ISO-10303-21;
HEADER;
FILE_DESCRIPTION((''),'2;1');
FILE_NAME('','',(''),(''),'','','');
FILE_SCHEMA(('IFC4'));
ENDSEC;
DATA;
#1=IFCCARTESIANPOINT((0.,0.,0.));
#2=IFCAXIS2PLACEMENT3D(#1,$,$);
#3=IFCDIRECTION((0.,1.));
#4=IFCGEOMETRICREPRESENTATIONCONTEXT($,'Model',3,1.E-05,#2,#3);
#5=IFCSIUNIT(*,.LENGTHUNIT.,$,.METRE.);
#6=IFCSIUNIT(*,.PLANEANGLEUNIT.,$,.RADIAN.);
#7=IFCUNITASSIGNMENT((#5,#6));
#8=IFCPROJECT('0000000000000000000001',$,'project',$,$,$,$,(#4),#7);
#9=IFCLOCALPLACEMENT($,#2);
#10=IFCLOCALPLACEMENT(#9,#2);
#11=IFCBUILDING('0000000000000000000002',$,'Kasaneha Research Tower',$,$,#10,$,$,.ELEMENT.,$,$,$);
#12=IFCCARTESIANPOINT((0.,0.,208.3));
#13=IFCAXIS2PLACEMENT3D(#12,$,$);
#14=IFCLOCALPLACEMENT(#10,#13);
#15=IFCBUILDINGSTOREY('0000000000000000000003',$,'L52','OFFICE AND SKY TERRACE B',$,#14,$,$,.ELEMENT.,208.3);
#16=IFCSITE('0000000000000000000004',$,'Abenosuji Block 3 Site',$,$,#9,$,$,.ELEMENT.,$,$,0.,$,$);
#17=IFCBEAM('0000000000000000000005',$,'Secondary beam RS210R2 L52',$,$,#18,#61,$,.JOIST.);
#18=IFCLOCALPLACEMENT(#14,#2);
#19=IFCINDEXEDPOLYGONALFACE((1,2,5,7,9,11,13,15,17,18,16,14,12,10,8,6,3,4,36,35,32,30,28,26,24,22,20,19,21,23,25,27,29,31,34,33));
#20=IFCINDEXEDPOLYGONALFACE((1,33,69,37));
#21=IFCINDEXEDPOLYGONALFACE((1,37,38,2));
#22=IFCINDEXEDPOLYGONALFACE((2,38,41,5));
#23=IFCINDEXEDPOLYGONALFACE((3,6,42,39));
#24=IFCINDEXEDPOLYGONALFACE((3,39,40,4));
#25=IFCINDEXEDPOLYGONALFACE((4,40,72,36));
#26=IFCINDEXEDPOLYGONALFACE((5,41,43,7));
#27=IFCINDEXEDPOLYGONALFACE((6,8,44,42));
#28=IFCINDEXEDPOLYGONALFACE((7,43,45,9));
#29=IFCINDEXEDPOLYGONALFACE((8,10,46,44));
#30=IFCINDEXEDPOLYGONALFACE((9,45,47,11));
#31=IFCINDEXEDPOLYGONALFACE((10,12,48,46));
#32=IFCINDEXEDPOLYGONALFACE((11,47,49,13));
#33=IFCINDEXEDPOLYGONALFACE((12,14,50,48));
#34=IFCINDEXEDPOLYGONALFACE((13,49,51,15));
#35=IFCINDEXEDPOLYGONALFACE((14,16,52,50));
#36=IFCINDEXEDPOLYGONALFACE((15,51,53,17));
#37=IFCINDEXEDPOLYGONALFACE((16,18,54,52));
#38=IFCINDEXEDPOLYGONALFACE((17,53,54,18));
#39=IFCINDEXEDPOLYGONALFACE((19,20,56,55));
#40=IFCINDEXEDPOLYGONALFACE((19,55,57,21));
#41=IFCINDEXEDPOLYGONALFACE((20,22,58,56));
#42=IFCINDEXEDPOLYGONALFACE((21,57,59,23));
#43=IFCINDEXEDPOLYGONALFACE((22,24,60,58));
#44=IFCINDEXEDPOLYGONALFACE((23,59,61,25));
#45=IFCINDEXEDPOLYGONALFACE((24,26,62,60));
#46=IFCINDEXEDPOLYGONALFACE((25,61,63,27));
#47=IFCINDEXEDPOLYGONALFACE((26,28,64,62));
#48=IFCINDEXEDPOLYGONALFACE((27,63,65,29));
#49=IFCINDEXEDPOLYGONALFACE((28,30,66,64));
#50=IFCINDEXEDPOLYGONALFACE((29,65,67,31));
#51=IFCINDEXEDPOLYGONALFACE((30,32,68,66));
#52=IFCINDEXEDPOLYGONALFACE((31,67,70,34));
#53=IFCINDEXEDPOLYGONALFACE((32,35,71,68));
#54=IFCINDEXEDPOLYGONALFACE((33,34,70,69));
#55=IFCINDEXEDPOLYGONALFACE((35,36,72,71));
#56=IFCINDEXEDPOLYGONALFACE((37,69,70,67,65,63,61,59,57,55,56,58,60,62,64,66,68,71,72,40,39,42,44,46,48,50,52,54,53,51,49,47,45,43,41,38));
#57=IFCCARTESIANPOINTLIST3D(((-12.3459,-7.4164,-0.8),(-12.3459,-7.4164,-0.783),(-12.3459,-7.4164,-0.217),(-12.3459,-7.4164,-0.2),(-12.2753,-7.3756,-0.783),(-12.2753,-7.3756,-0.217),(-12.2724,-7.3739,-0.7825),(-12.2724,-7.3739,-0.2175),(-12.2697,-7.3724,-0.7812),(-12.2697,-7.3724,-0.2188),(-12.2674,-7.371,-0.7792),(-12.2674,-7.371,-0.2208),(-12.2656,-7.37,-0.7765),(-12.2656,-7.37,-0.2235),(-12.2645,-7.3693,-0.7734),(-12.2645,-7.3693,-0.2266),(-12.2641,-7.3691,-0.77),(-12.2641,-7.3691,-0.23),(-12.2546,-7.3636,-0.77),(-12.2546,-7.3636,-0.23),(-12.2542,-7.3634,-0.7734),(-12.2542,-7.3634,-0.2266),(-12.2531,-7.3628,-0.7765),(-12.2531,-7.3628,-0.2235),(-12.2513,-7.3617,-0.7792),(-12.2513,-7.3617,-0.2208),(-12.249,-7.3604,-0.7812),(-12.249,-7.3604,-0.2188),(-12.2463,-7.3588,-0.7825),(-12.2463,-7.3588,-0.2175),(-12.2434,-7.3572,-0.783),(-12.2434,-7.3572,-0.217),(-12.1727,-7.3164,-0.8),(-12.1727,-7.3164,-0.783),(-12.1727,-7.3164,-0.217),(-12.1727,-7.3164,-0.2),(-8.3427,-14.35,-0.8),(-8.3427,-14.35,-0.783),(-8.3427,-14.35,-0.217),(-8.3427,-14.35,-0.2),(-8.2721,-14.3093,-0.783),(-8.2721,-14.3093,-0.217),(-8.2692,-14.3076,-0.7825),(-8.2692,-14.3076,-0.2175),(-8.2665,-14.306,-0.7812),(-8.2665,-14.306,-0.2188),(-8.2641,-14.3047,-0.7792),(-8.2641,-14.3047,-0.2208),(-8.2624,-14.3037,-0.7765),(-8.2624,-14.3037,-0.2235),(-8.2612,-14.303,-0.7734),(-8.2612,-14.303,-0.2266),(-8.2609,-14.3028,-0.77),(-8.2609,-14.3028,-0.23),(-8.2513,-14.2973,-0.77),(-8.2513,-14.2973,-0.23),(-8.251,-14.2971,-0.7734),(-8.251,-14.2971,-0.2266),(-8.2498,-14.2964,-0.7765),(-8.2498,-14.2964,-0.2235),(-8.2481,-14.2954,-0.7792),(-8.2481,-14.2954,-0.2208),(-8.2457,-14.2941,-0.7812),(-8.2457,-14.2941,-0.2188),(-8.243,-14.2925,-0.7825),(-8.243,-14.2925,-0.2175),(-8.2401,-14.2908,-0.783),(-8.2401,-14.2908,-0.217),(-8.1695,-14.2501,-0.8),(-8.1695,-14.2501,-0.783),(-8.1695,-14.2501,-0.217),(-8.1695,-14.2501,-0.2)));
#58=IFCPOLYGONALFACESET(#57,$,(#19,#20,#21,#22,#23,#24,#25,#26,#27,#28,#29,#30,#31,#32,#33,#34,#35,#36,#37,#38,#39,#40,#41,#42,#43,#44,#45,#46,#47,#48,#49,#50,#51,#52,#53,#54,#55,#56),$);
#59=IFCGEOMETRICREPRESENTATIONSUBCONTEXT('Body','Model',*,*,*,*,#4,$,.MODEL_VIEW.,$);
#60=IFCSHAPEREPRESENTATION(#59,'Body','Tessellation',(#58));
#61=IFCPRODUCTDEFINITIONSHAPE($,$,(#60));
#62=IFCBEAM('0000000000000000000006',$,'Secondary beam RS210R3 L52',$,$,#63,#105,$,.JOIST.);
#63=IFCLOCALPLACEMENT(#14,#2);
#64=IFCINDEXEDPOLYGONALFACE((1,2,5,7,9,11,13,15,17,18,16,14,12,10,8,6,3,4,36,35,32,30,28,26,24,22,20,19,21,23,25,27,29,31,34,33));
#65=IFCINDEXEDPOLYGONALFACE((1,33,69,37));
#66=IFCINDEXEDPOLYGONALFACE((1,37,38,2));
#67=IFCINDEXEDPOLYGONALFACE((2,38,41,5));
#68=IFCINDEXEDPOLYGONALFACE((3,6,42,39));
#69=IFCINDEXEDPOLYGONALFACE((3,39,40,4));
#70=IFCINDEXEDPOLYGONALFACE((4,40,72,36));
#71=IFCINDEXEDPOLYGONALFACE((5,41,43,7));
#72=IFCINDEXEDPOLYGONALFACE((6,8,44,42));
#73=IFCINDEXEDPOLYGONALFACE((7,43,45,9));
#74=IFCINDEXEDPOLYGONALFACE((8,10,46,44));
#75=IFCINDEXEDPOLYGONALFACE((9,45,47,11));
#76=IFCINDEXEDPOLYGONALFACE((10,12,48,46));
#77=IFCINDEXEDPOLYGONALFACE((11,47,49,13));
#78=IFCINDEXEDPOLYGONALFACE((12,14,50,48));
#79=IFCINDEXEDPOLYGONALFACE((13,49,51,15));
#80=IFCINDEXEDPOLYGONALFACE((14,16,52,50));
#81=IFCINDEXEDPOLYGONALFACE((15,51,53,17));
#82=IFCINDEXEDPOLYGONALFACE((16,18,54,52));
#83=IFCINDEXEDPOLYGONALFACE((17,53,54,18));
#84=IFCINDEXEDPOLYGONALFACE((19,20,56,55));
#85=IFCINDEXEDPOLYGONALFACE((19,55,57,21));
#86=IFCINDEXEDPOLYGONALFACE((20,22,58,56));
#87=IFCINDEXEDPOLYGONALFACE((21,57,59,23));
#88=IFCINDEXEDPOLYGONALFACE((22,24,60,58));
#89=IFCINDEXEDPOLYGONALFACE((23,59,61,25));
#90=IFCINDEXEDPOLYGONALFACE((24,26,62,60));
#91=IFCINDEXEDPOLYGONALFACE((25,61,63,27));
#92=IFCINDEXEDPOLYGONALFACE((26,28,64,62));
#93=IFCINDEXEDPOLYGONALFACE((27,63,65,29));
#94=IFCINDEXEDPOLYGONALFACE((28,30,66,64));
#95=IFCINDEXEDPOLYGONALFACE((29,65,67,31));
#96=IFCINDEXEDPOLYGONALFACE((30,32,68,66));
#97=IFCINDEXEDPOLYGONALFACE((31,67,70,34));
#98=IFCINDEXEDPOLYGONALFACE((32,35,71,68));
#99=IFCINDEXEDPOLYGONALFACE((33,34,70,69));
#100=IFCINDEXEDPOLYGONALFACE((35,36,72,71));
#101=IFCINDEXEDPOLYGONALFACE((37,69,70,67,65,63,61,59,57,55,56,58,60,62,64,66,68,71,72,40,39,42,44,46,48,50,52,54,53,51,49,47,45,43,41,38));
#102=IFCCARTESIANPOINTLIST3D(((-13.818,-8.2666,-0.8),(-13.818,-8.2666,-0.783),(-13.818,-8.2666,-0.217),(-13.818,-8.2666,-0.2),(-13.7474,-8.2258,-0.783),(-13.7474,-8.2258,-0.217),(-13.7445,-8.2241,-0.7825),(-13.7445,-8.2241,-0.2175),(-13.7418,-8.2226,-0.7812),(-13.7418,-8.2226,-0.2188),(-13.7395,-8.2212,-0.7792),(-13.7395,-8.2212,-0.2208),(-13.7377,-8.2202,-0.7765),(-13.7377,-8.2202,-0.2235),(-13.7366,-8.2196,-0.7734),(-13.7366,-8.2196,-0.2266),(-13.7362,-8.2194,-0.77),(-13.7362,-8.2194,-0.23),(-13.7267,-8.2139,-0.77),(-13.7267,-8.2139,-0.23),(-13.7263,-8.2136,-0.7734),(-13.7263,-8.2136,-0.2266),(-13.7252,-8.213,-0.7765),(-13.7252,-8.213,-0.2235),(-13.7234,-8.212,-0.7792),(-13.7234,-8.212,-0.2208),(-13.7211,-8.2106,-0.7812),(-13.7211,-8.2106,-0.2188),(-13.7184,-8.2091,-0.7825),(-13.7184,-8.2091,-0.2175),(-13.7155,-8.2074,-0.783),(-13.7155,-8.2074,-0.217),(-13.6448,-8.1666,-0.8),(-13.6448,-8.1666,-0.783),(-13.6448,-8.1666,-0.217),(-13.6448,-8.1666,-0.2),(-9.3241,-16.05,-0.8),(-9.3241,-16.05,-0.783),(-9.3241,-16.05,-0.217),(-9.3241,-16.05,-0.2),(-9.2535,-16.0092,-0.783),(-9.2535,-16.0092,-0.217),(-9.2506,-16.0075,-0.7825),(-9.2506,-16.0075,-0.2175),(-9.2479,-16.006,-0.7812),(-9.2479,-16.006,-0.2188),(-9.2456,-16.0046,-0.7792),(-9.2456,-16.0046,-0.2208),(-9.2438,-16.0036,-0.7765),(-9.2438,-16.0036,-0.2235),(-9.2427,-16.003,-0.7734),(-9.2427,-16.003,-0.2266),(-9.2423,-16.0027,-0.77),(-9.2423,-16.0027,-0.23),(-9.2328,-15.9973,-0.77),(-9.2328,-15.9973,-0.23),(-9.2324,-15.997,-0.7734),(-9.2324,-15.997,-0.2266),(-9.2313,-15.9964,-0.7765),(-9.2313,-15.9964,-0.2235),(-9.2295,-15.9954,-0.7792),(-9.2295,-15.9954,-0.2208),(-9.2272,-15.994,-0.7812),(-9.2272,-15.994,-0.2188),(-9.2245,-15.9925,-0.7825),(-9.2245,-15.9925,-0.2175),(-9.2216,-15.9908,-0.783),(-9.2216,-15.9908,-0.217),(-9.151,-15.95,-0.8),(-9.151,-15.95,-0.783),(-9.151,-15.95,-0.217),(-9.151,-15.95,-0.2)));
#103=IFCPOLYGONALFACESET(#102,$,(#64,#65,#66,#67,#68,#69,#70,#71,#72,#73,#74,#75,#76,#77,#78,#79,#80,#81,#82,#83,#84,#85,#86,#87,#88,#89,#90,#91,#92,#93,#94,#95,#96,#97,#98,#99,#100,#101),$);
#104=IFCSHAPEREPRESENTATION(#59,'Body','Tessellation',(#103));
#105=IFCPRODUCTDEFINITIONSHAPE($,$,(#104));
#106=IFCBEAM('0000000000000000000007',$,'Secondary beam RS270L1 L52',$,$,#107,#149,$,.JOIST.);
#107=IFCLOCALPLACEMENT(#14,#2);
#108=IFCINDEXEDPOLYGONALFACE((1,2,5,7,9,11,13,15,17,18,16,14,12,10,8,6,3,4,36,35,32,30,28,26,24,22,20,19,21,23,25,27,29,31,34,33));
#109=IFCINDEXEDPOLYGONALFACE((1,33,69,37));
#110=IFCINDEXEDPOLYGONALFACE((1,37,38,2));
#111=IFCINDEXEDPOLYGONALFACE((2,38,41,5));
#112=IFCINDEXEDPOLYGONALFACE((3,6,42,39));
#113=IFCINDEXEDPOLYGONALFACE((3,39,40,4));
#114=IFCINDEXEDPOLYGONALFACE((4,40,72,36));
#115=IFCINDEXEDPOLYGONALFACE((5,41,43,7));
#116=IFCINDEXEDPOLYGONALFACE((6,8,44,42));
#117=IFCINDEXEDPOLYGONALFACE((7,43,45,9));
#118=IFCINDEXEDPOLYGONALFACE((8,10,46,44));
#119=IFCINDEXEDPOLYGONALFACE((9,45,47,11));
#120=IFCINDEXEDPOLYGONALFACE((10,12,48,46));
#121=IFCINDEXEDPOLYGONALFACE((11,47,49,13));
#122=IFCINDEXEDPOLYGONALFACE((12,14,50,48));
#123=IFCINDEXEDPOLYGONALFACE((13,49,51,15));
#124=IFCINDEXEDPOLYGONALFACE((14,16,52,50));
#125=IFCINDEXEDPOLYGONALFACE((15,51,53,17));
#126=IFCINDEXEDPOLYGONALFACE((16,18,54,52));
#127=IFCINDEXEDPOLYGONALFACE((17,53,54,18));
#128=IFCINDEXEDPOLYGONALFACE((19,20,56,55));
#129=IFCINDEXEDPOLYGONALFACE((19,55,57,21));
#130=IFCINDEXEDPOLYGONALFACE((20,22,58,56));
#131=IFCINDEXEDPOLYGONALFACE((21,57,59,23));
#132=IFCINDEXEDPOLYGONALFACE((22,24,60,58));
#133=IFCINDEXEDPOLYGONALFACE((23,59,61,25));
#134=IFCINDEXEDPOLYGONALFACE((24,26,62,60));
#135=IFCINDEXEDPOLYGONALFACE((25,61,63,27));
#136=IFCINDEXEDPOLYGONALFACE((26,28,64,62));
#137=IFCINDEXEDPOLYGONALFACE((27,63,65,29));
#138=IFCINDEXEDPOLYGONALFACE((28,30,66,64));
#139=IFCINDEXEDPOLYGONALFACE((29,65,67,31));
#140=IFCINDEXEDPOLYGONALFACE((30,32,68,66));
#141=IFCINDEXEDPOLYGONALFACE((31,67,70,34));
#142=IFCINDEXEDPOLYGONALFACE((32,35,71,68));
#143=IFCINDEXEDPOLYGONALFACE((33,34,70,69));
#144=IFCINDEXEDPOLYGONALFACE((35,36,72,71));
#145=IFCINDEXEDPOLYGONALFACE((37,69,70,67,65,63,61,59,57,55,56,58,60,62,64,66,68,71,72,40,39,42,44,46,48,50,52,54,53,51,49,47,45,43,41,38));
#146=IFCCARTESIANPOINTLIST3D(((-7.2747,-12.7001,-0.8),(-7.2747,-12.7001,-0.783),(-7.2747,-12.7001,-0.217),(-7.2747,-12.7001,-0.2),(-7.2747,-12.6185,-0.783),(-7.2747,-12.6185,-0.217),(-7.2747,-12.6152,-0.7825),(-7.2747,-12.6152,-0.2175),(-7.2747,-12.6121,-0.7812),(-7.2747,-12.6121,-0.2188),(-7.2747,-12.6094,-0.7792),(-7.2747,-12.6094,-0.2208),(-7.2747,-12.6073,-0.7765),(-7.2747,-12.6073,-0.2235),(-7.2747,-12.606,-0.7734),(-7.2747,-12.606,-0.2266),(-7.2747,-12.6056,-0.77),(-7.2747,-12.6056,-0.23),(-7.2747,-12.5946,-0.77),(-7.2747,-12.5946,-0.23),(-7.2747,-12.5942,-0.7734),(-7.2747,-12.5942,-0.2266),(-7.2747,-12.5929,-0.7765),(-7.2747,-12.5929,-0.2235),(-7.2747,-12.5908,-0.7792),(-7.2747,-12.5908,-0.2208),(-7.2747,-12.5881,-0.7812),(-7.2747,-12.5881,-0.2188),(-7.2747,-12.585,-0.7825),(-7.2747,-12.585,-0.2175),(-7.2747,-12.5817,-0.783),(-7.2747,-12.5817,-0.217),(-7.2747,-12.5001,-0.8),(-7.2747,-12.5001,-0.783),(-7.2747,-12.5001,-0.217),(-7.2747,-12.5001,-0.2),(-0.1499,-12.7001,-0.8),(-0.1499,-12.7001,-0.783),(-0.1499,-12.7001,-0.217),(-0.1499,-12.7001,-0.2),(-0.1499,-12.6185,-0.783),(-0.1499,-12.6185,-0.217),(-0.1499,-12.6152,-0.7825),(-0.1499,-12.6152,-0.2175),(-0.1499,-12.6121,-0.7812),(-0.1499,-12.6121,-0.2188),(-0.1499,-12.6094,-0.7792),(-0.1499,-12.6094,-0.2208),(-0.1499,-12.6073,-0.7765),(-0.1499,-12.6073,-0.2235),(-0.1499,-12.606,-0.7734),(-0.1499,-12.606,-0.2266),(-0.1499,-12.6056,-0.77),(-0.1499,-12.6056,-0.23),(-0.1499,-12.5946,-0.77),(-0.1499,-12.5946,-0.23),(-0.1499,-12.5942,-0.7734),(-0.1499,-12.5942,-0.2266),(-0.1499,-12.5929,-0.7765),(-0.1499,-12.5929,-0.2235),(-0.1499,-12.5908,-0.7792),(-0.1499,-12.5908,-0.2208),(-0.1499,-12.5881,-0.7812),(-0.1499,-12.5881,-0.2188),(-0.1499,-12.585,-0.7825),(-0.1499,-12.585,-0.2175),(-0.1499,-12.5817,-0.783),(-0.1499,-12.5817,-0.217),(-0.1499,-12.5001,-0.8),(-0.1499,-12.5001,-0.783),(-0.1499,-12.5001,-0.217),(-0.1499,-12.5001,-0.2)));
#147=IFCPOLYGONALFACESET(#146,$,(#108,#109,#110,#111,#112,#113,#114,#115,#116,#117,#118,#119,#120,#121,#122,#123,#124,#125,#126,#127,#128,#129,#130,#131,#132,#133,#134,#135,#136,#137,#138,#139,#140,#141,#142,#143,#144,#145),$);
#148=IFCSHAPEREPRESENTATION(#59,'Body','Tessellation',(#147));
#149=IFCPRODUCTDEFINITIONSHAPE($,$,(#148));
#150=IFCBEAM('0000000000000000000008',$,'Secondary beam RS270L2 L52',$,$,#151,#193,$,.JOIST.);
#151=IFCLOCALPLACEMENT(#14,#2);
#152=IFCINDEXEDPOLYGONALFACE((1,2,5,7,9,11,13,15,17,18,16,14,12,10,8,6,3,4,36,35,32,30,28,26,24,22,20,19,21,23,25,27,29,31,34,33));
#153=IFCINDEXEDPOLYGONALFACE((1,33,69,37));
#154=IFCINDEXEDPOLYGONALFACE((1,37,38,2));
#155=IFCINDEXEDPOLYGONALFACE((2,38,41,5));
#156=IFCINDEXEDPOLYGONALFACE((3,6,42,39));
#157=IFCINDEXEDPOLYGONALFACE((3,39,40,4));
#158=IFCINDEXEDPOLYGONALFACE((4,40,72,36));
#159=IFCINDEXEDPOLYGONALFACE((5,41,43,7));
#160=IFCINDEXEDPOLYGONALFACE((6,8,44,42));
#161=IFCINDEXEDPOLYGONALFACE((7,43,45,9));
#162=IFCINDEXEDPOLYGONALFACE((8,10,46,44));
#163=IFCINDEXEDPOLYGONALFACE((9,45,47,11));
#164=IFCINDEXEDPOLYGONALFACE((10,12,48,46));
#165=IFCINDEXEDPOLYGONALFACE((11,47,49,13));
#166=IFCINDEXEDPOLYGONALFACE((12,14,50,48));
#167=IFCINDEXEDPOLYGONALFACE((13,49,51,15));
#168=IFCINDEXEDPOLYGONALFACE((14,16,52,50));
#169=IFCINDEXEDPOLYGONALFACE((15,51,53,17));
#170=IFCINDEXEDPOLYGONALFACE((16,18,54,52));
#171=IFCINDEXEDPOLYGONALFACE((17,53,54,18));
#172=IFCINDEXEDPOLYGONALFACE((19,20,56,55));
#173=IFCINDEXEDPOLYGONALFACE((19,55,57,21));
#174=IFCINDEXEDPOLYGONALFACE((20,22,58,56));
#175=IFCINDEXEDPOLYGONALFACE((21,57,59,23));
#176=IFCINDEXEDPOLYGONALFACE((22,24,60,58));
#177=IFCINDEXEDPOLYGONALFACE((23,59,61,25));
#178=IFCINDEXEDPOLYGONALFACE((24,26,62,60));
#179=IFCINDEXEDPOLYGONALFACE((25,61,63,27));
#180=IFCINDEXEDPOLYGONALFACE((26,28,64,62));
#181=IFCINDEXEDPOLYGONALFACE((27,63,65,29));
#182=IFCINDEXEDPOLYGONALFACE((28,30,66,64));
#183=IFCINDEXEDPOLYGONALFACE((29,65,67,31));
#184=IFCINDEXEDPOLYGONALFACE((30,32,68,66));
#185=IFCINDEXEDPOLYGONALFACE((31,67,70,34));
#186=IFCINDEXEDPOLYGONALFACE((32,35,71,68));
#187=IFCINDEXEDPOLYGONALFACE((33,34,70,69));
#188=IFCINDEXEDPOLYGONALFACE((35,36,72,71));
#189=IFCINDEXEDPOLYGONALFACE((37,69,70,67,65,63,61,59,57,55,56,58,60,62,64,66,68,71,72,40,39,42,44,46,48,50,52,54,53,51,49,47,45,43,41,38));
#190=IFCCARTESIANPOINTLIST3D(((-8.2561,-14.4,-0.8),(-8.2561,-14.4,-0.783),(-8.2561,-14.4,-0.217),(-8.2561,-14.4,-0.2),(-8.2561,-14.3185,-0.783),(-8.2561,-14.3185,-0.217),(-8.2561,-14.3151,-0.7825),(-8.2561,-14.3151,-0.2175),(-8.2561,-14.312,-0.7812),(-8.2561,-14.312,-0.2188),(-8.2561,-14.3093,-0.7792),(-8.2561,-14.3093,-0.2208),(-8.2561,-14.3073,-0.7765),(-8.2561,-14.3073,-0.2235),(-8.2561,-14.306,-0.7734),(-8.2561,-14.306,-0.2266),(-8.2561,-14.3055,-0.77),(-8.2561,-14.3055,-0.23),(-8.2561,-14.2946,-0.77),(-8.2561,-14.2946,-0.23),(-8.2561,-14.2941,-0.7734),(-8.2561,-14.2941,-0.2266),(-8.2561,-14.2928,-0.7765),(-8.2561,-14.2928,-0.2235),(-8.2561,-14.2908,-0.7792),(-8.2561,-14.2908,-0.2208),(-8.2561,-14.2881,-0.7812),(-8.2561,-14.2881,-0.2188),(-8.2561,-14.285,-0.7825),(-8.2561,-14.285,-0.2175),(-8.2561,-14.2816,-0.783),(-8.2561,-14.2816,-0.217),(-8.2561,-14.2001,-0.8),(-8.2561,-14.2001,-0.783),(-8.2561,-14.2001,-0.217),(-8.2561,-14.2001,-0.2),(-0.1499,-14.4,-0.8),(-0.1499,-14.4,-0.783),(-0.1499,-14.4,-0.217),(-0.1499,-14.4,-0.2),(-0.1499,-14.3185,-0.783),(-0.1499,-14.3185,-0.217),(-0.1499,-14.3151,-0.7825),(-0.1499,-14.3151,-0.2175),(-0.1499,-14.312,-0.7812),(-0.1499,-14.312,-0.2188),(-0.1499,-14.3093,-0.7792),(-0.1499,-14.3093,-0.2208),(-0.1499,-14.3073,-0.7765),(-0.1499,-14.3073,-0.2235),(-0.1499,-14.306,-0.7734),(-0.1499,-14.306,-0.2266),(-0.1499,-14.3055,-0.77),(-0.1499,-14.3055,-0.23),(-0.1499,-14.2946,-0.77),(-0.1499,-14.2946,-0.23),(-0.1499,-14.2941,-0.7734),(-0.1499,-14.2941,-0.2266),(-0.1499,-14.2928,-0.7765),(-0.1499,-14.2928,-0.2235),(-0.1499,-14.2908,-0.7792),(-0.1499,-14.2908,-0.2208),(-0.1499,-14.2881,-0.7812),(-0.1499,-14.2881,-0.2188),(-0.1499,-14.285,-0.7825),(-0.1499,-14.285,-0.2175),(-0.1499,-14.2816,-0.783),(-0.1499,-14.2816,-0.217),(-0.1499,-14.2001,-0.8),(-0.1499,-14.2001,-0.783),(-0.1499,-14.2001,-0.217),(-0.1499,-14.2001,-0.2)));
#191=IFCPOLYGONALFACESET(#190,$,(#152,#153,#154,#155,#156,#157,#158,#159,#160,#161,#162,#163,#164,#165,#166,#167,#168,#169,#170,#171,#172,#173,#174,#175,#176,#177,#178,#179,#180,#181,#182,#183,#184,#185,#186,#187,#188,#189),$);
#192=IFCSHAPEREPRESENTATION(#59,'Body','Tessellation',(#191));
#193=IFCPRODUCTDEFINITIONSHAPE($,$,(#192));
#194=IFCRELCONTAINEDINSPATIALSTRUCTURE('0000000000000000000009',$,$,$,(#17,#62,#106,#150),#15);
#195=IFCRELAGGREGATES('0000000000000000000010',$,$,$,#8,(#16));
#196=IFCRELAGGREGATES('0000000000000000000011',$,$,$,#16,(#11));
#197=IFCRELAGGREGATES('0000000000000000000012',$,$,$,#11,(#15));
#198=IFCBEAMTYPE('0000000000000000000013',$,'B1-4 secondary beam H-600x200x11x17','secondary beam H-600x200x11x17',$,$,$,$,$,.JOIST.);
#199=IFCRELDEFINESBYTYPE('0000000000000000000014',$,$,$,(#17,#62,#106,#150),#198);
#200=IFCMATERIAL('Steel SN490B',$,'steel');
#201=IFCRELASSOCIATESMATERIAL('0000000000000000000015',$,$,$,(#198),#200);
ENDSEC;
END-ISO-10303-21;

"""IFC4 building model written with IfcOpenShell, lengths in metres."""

from ifc_helpers import new_model, si_unit, direction, frame, origin, origin_2d, place, context, subcontext, project, spatial, i_section, extrude, material, material_profile, profile_set, type_object, element, save


model = new_model("IFC4")

# Units and contexts
model_context = context("Model", 3, precision=1e-05, world=origin(), true_north=direction((0.0, 1.0)))
body_context = subcontext(model_context, "Body", "Model", "MODEL_VIEW")
ifc_project = project(units=[si_unit("LENGTHUNIT", "METRE"), si_unit("PLANEANGLEUNIT", "RADIAN")], contexts=[model_context])

# Site, building, storey
site_placement = place(None, origin())
site = spatial("IfcSite", under=ifc_project, at=site_placement, Name="Abenosuji Block 3 Site", CompositionType="ELEMENT", RefElevation=0.0)
building_placement = place(site_placement, origin())
building = spatial("IfcBuilding", under=site, at=building_placement, Name="Kasaneha Research Tower", CompositionType="ELEMENT")
storey_placement = place(building_placement, frame((0.0, 0.0, 208.3)))
storey = spatial("IfcBuildingStorey", under=building, at=storey_placement, Name="L52", Description="OFFICE AND SKY TERRACE B", CompositionType="ELEMENT", Elevation=208.3)

# Beams
ifc_material = material(Name="Steel SN490B", Category="steel")
ifc_material_profile = material_profile(ifc_material, i_section(OverallWidth=0.2, OverallDepth=0.6001, WebThickness=0.011, FlangeThickness=0.0171, FilletRadius=0.0129, at=origin_2d()), Name="H-600x200x11x17")
ifc_profile_set = profile_set([ifc_material_profile], Name="Steel SN490B")
beam_type = type_object("IfcBeamType", Name="B1-4 secondary beam H-600x200x11x17", Description="secondary beam H-600x200x11x17", PredefinedType="JOIST", material=ifc_profile_set)
beam_1_placement = place(storey_placement, frame((-8.2561, -14.3, -0.5), z_axis=(-0.500006, 0.866022, 0.0), x_axis=(-0.866022, -0.500006, 0.0)))
element("IfcBeam", 1, at=beam_1_placement, inside=storey, type_object=beam_type, Name="Secondary beam RS210R2 L52", PredefinedType="JOIST", context=body_context, shape_type="SweptSolid", body=[
    extrude(i_section(OverallWidth=0.2, OverallDepth=0.6001, WebThickness=0.011, FlangeThickness=0.0171, FilletRadius=0.0129, at=origin_2d()), origin(), (0.0, 0.0, 1.0), 8.0063),
])
beam_2_placement = place(storey_placement, frame((-9.2375, -16.0, -0.5), z_axis=(-0.50001, 0.86602, 0.0), x_axis=(-0.86602, -0.50001, 0.0)))
element("IfcBeam", 2, at=beam_2_placement, inside=storey, type_object=beam_type, Name="Secondary beam RS210R3 L52", PredefinedType="JOIST", context=body_context, shape_type="SweptSolid", body=[
    extrude(i_section(OverallWidth=0.2, OverallDepth=0.6001, WebThickness=0.011, FlangeThickness=0.0171, FilletRadius=0.0129, at=origin_2d()), origin(), (0.0, 0.0, 1.0), 8.9875),
])
beam_3_placement = place(storey_placement, frame((-7.2747, -12.6001, -0.5), z_axis=(1.0, 0.0, 0.0), x_axis=(0.0, 1.0, 0.0)))
element("IfcBeam", 3, at=beam_3_placement, inside=storey, type_object=beam_type, Name="Secondary beam RS270L1 L52", PredefinedType="JOIST", context=body_context, shape_type="SweptSolid", body=[
    extrude(i_section(OverallWidth=0.2, OverallDepth=0.6001, WebThickness=0.011, FlangeThickness=0.0171, FilletRadius=0.0129, at=origin_2d()), origin(), (0.0, 0.0, 1.0), 7.1248),
])
beam_4_placement = place(storey_placement, frame((-8.2561, -14.3, -0.5), z_axis=(1.0, 0.0, 0.0), x_axis=(0.0, 1.0, 0.0)))
element("IfcBeam", 4, at=beam_4_placement, inside=storey, type_object=beam_type, Name="Secondary beam RS270L2 L52", PredefinedType="JOIST", context=body_context, shape_type="SweptSolid", body=[
    extrude(i_section(OverallWidth=0.2, OverallDepth=0.6001, WebThickness=0.011, FlangeThickness=0.0171, FilletRadius=0.0129, at=origin_2d()), origin(), (0.0, 0.0, 1.0), 8.1062),
])

save(model, "model.ifc")
